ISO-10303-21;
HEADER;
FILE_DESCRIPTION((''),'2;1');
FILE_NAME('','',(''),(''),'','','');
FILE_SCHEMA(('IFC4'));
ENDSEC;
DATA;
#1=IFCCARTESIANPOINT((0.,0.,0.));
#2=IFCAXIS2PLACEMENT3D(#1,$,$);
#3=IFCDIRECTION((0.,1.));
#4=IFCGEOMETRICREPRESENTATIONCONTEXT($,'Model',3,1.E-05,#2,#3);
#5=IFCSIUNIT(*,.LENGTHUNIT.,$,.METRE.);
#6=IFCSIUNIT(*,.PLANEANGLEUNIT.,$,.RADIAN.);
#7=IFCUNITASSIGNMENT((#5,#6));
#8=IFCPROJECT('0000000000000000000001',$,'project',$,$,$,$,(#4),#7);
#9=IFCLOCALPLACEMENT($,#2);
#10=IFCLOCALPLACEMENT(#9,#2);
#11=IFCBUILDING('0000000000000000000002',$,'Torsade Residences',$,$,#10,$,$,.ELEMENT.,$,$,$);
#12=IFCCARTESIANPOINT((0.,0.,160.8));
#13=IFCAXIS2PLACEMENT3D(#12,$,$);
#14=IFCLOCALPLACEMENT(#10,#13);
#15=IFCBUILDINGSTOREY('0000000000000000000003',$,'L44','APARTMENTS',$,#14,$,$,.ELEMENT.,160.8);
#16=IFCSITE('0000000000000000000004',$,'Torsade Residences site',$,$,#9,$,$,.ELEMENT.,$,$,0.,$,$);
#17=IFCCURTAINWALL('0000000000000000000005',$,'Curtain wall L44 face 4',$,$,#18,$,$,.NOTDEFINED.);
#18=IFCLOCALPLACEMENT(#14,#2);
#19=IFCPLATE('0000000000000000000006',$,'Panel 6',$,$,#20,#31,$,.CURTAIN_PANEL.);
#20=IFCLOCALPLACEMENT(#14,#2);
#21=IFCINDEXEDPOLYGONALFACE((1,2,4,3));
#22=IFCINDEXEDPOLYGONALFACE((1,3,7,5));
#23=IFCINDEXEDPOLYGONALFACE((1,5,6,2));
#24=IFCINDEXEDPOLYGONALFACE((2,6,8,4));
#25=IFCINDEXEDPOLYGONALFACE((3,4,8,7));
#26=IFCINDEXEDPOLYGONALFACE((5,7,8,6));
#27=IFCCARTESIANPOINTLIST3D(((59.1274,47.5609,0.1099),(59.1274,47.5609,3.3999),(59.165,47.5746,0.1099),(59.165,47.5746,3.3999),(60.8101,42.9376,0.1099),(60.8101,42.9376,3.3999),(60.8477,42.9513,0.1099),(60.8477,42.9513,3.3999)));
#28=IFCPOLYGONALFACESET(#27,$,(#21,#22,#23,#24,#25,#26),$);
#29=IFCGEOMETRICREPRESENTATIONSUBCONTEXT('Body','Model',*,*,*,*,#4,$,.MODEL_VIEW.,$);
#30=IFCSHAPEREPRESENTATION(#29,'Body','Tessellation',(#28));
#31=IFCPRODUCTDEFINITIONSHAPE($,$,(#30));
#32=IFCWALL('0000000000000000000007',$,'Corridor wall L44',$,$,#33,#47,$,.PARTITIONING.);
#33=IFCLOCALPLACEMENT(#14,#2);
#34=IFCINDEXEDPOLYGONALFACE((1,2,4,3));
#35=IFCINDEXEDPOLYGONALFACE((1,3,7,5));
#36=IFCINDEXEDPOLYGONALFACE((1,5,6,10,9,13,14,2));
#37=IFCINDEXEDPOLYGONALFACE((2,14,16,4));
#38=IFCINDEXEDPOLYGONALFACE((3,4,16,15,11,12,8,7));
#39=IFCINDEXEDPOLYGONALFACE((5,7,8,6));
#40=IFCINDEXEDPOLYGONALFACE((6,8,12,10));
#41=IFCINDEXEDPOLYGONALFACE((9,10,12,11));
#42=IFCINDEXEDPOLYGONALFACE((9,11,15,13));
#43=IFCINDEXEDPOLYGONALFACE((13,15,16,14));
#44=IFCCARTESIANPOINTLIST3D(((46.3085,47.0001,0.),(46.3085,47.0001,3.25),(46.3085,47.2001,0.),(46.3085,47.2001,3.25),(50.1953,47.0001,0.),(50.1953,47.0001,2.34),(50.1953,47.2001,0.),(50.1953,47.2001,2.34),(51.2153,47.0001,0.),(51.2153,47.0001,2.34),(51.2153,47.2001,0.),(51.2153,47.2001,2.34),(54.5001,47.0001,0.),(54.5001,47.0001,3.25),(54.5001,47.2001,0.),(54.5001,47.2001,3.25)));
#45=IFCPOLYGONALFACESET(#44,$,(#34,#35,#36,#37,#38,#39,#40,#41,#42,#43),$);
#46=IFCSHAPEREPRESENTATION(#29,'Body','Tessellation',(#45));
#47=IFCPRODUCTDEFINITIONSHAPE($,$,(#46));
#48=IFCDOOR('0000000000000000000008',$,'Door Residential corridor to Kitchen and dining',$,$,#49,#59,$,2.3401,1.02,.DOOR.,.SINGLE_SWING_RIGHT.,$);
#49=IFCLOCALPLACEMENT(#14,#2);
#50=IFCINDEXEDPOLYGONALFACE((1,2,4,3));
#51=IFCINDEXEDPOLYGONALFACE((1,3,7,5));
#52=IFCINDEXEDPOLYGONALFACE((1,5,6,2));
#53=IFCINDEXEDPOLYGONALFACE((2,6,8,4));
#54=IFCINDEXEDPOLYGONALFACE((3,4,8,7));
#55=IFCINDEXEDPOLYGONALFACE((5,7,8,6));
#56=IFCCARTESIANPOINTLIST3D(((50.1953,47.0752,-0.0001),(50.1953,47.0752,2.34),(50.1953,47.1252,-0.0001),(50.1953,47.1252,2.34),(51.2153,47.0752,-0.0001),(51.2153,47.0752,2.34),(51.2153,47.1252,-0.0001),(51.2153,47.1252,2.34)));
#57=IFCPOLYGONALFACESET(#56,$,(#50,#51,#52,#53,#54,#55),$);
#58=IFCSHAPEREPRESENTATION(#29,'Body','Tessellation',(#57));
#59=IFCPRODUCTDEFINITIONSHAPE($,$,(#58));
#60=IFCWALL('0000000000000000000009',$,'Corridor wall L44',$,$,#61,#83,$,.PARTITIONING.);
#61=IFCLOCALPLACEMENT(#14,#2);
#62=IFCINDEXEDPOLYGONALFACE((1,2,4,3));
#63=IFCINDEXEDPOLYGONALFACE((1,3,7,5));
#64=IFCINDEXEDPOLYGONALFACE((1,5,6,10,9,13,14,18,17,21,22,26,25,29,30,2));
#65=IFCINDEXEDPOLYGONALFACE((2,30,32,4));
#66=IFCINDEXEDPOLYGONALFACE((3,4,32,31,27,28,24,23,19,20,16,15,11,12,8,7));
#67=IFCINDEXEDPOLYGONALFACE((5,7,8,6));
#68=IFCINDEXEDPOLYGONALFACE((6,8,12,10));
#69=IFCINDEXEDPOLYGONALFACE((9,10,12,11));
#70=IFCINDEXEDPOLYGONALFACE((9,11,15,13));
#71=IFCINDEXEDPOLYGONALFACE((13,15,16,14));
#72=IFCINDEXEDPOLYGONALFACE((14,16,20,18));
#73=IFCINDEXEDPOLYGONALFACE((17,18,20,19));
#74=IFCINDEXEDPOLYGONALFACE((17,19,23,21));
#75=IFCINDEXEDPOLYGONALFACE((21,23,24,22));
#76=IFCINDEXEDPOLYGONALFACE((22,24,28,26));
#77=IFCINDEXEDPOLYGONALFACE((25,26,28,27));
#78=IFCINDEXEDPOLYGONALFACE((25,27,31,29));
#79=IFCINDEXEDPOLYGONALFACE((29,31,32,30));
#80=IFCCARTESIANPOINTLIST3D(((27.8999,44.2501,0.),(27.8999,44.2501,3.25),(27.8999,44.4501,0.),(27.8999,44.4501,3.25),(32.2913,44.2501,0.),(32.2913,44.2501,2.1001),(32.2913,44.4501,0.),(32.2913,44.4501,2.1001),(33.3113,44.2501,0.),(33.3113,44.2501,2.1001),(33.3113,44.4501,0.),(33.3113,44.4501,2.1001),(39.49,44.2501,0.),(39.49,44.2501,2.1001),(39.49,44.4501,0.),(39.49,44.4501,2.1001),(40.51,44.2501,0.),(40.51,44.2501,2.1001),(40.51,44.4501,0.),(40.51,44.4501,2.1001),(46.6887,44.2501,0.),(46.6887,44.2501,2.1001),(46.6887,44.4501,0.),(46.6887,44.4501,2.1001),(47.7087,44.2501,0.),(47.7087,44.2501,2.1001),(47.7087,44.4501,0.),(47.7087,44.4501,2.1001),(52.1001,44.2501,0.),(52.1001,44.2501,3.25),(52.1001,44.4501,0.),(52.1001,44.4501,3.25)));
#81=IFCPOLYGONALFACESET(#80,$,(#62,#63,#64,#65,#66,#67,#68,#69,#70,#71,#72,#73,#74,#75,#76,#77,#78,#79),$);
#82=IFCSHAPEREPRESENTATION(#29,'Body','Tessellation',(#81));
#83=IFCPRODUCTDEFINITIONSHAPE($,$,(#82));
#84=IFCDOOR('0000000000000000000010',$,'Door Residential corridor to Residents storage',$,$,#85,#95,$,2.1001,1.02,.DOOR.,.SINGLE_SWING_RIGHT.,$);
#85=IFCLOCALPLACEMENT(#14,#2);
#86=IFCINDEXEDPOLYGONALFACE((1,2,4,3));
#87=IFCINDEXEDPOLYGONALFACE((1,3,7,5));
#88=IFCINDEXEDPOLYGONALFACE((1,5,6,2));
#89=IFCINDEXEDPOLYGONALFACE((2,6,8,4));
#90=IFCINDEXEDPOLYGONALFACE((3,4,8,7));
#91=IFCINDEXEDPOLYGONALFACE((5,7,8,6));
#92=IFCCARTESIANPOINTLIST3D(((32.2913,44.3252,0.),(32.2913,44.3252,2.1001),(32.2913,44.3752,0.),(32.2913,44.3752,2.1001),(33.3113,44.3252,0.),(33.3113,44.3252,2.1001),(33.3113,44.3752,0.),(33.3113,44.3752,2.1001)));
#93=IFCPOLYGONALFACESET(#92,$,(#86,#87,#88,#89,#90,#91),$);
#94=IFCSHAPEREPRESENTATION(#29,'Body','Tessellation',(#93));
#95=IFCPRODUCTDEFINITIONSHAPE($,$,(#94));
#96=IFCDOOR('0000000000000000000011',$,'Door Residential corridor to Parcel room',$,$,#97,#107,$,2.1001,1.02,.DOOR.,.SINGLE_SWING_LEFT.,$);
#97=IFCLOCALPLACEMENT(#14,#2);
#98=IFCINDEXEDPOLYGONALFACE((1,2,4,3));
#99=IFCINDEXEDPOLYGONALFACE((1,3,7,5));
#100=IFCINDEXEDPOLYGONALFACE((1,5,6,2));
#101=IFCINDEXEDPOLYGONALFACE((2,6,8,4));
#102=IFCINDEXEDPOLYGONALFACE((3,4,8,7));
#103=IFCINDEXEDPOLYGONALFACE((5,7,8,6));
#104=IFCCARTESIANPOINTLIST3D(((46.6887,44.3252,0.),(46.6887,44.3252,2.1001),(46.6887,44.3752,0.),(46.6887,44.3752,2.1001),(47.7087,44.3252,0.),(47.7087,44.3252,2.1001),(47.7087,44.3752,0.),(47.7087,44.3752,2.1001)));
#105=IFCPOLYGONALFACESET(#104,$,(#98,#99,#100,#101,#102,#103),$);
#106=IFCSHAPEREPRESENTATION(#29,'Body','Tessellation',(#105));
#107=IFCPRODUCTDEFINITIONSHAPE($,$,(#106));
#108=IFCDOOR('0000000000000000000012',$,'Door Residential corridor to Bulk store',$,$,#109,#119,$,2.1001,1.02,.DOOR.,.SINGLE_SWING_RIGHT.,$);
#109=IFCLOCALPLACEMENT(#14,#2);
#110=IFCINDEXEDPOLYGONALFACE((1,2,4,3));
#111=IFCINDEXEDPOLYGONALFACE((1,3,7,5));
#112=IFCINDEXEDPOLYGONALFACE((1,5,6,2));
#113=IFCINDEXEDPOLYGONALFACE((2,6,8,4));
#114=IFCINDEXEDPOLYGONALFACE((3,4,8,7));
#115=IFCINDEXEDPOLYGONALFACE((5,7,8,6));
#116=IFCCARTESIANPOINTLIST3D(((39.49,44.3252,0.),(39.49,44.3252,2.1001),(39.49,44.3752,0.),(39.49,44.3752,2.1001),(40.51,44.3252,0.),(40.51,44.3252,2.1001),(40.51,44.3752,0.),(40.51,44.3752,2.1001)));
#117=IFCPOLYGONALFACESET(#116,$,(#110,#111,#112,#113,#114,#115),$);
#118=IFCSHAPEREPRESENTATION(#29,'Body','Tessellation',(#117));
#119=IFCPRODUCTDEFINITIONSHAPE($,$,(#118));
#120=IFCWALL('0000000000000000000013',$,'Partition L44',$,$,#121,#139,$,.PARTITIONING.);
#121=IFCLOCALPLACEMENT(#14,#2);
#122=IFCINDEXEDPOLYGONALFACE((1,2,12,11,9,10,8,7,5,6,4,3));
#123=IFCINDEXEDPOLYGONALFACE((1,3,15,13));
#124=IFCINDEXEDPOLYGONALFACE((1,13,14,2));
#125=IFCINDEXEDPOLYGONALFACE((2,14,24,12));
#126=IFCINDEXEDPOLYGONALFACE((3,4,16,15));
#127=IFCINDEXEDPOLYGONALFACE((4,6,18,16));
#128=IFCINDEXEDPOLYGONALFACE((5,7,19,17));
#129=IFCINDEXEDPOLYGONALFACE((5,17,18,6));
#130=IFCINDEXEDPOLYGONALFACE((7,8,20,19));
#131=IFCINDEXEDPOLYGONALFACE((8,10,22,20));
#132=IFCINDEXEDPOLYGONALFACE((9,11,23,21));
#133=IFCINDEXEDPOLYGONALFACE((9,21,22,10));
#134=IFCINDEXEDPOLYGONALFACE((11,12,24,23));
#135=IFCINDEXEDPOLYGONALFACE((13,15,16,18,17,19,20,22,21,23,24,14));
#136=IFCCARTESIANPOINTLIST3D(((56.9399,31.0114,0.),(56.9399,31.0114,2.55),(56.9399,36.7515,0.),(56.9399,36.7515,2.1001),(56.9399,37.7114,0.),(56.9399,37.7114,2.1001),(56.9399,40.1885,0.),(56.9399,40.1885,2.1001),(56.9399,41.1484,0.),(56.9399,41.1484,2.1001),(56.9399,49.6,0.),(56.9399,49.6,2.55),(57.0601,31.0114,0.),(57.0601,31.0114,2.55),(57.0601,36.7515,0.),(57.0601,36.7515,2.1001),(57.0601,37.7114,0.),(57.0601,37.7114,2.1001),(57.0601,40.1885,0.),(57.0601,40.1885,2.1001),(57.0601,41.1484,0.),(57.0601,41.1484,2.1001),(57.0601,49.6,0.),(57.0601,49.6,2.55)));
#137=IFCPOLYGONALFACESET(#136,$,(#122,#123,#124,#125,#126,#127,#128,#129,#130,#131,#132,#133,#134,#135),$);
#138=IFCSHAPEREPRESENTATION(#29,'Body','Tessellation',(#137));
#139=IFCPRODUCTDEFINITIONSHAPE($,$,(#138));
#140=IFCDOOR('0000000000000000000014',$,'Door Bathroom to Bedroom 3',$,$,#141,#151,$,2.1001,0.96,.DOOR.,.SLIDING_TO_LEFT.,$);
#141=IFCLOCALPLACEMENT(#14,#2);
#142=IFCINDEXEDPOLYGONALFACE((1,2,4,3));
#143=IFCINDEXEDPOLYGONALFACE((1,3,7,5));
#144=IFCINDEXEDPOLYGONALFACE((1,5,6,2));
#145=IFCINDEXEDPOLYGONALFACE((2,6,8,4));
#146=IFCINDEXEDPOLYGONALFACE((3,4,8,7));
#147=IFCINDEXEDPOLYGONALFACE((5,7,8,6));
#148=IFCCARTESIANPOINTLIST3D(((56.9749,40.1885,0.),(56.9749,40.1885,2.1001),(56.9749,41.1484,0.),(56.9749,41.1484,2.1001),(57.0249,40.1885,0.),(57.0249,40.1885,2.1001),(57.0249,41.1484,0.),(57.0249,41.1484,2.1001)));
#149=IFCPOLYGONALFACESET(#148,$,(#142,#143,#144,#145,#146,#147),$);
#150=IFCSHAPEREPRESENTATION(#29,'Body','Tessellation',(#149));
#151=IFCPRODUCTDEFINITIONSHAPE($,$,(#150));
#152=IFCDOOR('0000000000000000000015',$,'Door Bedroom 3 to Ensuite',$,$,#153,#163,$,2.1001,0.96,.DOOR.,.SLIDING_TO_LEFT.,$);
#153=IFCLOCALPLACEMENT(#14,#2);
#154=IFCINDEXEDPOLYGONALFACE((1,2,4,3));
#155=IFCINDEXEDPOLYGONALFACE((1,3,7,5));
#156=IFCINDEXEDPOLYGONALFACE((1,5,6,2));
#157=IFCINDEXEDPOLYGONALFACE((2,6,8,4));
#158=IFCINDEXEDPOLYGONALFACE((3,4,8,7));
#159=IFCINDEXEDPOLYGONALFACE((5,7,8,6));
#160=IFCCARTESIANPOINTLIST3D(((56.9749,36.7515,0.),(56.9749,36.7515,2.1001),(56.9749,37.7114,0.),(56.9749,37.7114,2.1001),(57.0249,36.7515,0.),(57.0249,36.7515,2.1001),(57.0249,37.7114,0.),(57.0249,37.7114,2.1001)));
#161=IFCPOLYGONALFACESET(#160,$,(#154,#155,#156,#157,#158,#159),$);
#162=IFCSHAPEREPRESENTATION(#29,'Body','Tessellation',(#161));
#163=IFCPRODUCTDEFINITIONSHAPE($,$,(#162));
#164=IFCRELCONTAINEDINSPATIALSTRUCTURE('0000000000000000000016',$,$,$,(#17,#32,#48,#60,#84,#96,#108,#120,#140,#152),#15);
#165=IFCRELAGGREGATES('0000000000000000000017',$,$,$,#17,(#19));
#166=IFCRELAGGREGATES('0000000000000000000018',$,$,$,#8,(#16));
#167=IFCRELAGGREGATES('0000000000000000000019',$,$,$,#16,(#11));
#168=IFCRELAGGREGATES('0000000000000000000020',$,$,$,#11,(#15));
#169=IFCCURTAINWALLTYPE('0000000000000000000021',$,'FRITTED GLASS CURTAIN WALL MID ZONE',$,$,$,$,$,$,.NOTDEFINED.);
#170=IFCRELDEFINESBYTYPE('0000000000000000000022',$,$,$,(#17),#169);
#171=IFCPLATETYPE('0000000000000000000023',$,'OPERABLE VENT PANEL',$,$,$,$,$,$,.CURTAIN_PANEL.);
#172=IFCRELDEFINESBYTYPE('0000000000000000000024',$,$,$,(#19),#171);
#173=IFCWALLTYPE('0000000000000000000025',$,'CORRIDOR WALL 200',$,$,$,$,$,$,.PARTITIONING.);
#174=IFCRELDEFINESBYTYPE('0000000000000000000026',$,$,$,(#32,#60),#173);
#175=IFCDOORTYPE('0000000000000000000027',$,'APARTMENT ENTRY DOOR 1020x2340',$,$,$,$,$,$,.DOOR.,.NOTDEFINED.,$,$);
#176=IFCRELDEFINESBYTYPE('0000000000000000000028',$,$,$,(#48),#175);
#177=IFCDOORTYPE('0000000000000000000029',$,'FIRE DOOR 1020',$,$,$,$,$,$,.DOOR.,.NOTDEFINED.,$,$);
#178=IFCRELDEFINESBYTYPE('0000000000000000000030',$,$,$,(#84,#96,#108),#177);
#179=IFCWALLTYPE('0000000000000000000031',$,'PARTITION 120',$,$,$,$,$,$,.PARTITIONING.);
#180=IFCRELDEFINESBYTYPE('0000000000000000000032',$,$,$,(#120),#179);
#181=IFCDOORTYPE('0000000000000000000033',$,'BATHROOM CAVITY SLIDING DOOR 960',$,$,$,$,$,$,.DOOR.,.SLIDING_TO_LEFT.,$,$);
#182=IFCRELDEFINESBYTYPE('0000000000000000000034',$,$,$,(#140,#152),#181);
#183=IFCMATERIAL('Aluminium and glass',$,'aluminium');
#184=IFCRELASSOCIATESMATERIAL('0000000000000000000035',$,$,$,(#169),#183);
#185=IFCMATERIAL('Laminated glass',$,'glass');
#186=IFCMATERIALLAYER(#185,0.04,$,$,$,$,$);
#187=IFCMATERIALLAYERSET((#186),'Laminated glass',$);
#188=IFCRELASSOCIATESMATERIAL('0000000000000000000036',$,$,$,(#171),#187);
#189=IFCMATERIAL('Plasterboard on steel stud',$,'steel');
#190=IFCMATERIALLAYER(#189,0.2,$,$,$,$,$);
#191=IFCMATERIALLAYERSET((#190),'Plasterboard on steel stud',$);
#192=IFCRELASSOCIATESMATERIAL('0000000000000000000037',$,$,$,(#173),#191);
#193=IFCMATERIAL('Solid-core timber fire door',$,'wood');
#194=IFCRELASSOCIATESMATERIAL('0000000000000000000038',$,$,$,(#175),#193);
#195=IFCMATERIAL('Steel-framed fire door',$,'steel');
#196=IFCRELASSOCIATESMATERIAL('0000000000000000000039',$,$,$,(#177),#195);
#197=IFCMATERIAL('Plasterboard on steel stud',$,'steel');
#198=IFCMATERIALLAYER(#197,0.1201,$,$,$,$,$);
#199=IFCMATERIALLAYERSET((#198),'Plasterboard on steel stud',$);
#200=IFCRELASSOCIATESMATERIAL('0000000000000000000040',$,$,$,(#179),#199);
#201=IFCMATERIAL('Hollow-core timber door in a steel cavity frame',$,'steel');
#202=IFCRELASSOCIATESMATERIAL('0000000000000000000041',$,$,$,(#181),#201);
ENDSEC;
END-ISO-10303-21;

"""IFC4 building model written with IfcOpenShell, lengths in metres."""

from ifc_helpers import new_model, si_unit, direction, frame, frame_2d, origin, origin_2d, place, context, subcontext, project, spatial, rectangle, extrude, material, layer, layer_set, type_object, element, fill, aggregate, save


model = new_model("IFC4")

# Units and contexts
model_context = context("Model", 3, precision=1e-05, world=origin(), true_north=direction((0.0, 1.0)))
body_context = subcontext(model_context, "Body", "Model", "MODEL_VIEW")
ifc_project = project(units=[si_unit("LENGTHUNIT", "METRE"), si_unit("PLANEANGLEUNIT", "RADIAN")], contexts=[model_context])

# Site, building, storey
site_placement = place(None, origin())
site = spatial("IfcSite", under=ifc_project, at=site_placement, Name="Torsade Residences site", CompositionType="ELEMENT", RefElevation=0.0)
building_placement = place(site_placement, origin())
building = spatial("IfcBuilding", under=site, at=building_placement, Name="Torsade Residences", CompositionType="ELEMENT")
storey_placement = place(building_placement, frame((0.0, 0.0, 160.8)))
storey = spatial("IfcBuildingStorey", under=building, at=storey_placement, Name="L44", Description="APARTMENTS", CompositionType="ELEMENT", Elevation=160.8)

# Curtain wall
ifc_material_1 = material(Name="Aluminium and glass", Category="aluminium")
curtain_wall_type = type_object("IfcCurtainWallType", Name="FRITTED GLASS CURTAIN WALL MID ZONE", PredefinedType="NOTDEFINED", material=ifc_material_1)
curtain_wall_placement = place(storey_placement, origin())
curtain_wall = element("IfcCurtainWall", 1, at=curtain_wall_placement, inside=storey, type_object=curtain_wall_type, Name="Curtain wall L44 face 4", PredefinedType="NOTDEFINED")

# Plate
ifc_material_2 = material(Name="Laminated glass", Category="glass")
ifc_layer_1 = layer(ifc_material_2, 0.04)
ifc_layer_set_1 = layer_set([ifc_layer_1], Name="Laminated glass")
plate_type_1 = type_object("IfcPlateType", Name="OPERABLE VENT PANEL", PredefinedType="CURTAIN_PANEL", material=ifc_layer_set_1)
plate_1_placement = place(storey_placement, frame((59.9875, 45.2561, 0.1099), z_axis=(0.0, 0.0, 1.0), x_axis=(-0.34202, 0.939693, 0.0)))
plate_1 = element("IfcPlate", 2, at=plate_1_placement, type_object=plate_type_1, Name="Panel 6", PredefinedType="CURTAIN_PANEL", context=body_context, shape_type="SweptSolid", body=[
    extrude(rectangle(XDim=4.9199, YDim=0.04, at=origin_2d()), origin(), (0.0, 0.0, 1.0), 3.29),
])
aggregate(curtain_wall, [plate_1])

# Wall, opening, door
ifc_material_3 = material(Name="Plasterboard on steel stud", Category="steel")
ifc_layer_2 = layer(ifc_material_3, 0.2)
ifc_layer_set_2 = layer_set([ifc_layer_2], Name="Plasterboard on steel stud")
wall_type_1 = type_object("IfcWallType", Name="CORRIDOR WALL 200", PredefinedType="PARTITIONING", material=ifc_layer_set_2)
wall_1_placement = place(storey_placement, frame((54.5, 47.1001, 0.0), z_axis=(0.0, 0.0, 1.0), x_axis=(-1.0, 0.0, 0.0)))
wall_1 = element("IfcWall", 3, at=wall_1_placement, inside=storey, type_object=wall_type_1, Name="Corridor wall L44", PredefinedType="PARTITIONING", context=body_context, shape_type="SweptSolid", body=[
    extrude(rectangle(XDim=8.1917, YDim=0.2, at=frame_2d((4.0957, 0.0))), origin(), (0.0, 0.0, 1.0), 3.25),
])
opening_1_placement = place(wall_1_placement, frame((3.2847, 0.0, 0.0)))
opening_1 = element("IfcOpeningElement", 4, at=opening_1_placement, cuts=wall_1, PredefinedType="OPENING", context=body_context, shape_type="SweptSolid", body=[
    extrude(rectangle(XDim=1.02, YDim=2.3401, at=frame_2d((0.51, 1.1699))), frame((0.0, 0.1099, 0.0), z_axis=(0.0, -1.0, 0.0), x_axis=(1.0, 0.0, 0.0)), (0.0, 0.0, 1.0), 0.22),
])
ifc_material_4 = material(Name="Solid-core timber fire door", Category="wood")
door_type_1 = type_object("IfcDoorType", Name="APARTMENT ENTRY DOOR 1020x2340", OperationType="NOTDEFINED", PredefinedType="DOOR", material=ifc_material_4)
door_1_placement = place(opening_1_placement, origin())
door_1 = element("IfcDoor", 5, at=door_1_placement, inside=storey, type_object=door_type_1, Name="Door Residential corridor to Kitchen and dining", OperationType="SINGLE_SWING_RIGHT", OverallHeight=2.3401, OverallWidth=1.02, PredefinedType="DOOR", context=body_context, shape_type="SweptSolid", body=[
    extrude(rectangle(XDim=1.02, YDim=2.3401, at=frame_2d((0.51, 1.1699))), frame((0.0, 0.0249, 0.0), z_axis=(0.0, -1.0, 0.0), x_axis=(1.0, 0.0, 0.0)), (0.0, 0.0, 1.0), 0.05),
])
fill(opening_1, door_1)

# Walls, openings, doors
wall_2_placement = place(storey_placement, frame((52.1001, 44.3501, 0.0), z_axis=(0.0, 0.0, 1.0), x_axis=(-1.0, 0.0, 0.0)))
wall_2 = element("IfcWall", 6, at=wall_2_placement, inside=storey, type_object=wall_type_1, Name="Corridor wall L44", PredefinedType="PARTITIONING", context=body_context, shape_type="SweptSolid", body=[
    extrude(rectangle(XDim=24.2002, YDim=0.2, at=frame_2d((12.1001, 0.0))), origin(), (0.0, 0.0, 1.0), 3.25),
])
opening_2_placement = place(wall_2_placement, frame((18.7888, 0.0, 0.0)))
opening_2 = element("IfcOpeningElement", 7, at=opening_2_placement, cuts=wall_2, PredefinedType="OPENING", context=body_context, shape_type="SweptSolid", body=[
    extrude(rectangle(XDim=1.02, YDim=2.1001, at=frame_2d((0.51, 1.05))), frame((0.0, 0.1099, 0.0), z_axis=(0.0, -1.0, 0.0), x_axis=(1.0, 0.0, 0.0)), (0.0, 0.0, 1.0), 0.22),
])
opening_3_placement = place(wall_2_placement, frame((4.3914, 0.0, 0.0)))
opening_3 = element("IfcOpeningElement", 8, at=opening_3_placement, cuts=wall_2, PredefinedType="OPENING", context=body_context, shape_type="SweptSolid", body=[
    extrude(rectangle(XDim=1.02, YDim=2.1001, at=frame_2d((0.51, 1.05))), frame((0.0, 0.1099, 0.0), z_axis=(0.0, -1.0, 0.0), x_axis=(1.0, 0.0, 0.0)), (0.0, 0.0, 1.0), 0.22),
])
opening_4_placement = place(wall_2_placement, frame((11.5901, 0.0, 0.0)))
opening_4 = element("IfcOpeningElement", 9, at=opening_4_placement, cuts=wall_2, PredefinedType="OPENING", context=body_context, shape_type="SweptSolid", body=[
    extrude(rectangle(XDim=1.02, YDim=2.1001, at=frame_2d((0.51, 1.05))), frame((0.0, 0.1099, 0.0), z_axis=(0.0, -1.0, 0.0), x_axis=(1.0, 0.0, 0.0)), (0.0, 0.0, 1.0), 0.22),
])
ifc_material_5 = material(Name="Steel-framed fire door", Category="steel")
door_type_2 = type_object("IfcDoorType", Name="FIRE DOOR 1020", OperationType="NOTDEFINED", PredefinedType="DOOR", material=ifc_material_5)
door_2_placement = place(opening_2_placement, origin())
door_2 = element("IfcDoor", 10, at=door_2_placement, inside=storey, type_object=door_type_2, Name="Door Residential corridor to Residents storage", OperationType="SINGLE_SWING_RIGHT", OverallHeight=2.1001, OverallWidth=1.02, PredefinedType="DOOR", context=body_context, shape_type="SweptSolid", body=[
    extrude(rectangle(XDim=1.02, YDim=2.1001, at=frame_2d((0.51, 1.05))), frame((0.0, 0.0249, 0.0), z_axis=(0.0, -1.0, 0.0), x_axis=(1.0, 0.0, 0.0)), (0.0, 0.0, 1.0), 0.05),
])
fill(opening_2, door_2)
door_3_placement = place(opening_3_placement, origin())
door_3 = element("IfcDoor", 11, at=door_3_placement, inside=storey, type_object=door_type_2, Name="Door Residential corridor to Parcel room", OperationType="SINGLE_SWING_LEFT", OverallHeight=2.1001, OverallWidth=1.02, PredefinedType="DOOR", context=body_context, shape_type="SweptSolid", body=[
    extrude(rectangle(XDim=1.02, YDim=2.1001, at=frame_2d((0.51, 1.05))), frame((0.0, 0.0249, 0.0), z_axis=(0.0, -1.0, 0.0), x_axis=(1.0, 0.0, 0.0)), (0.0, 0.0, 1.0), 0.05),
])
fill(opening_3, door_3)
door_4_placement = place(opening_4_placement, origin())
door_4 = element("IfcDoor", 12, at=door_4_placement, inside=storey, type_object=door_type_2, Name="Door Residential corridor to Bulk store", OperationType="SINGLE_SWING_RIGHT", OverallHeight=2.1001, OverallWidth=1.02, PredefinedType="DOOR", context=body_context, shape_type="SweptSolid", body=[
    extrude(rectangle(XDim=1.02, YDim=2.1001, at=frame_2d((0.51, 1.05))), frame((0.0, 0.0249, 0.0), z_axis=(0.0, -1.0, 0.0), x_axis=(1.0, 0.0, 0.0)), (0.0, 0.0, 1.0), 0.05),
])
fill(opening_4, door_4)
ifc_material_6 = material(Name="Plasterboard on steel stud", Category="steel")
ifc_layer_3 = layer(ifc_material_6, 0.1201)
ifc_layer_set_3 = layer_set([ifc_layer_3], Name="Plasterboard on steel stud")
wall_type_2 = type_object("IfcWallType", Name="PARTITION 120", PredefinedType="PARTITIONING", material=ifc_layer_set_3)
wall_3_placement = place(storey_placement, frame((57.0, 49.6001, 0.0), z_axis=(0.0, 0.0, 1.0), x_axis=(0.0, -1.0, 0.0)))
wall_3 = element("IfcWall", 13, at=wall_3_placement, inside=storey, type_object=wall_type_2, Name="Partition L44", PredefinedType="PARTITIONING", context=body_context, shape_type="SweptSolid", body=[
    extrude(rectangle(XDim=18.5886, YDim=0.1201, at=frame_2d((9.2944, 0.0))), origin(), (0.0, 0.0, 1.0), 2.55),
])
opening_5_placement = place(wall_3_placement, frame((8.4517, 0.0, 0.0)))
opening_5 = element("IfcOpeningElement", 14, at=opening_5_placement, cuts=wall_3, PredefinedType="OPENING", context=body_context, shape_type="SweptSolid", body=[
    extrude(rectangle(XDim=0.96, YDim=2.1001, at=frame_2d((0.48, 1.05))), frame((0.0, 0.0701, 0.0), z_axis=(0.0, -1.0, 0.0), x_axis=(1.0, 0.0, 0.0)), (0.0, 0.0, 1.0), 0.1401),
])
opening_6_placement = place(wall_3_placement, frame((11.8887, 0.0, 0.0)))
opening_6 = element("IfcOpeningElement", 15, at=opening_6_placement, cuts=wall_3, PredefinedType="OPENING", context=body_context, shape_type="SweptSolid", body=[
    extrude(rectangle(XDim=0.96, YDim=2.1001, at=frame_2d((0.48, 1.05))), frame((0.0, 0.0701, 0.0), z_axis=(0.0, -1.0, 0.0), x_axis=(1.0, 0.0, 0.0)), (0.0, 0.0, 1.0), 0.1401),
])
ifc_material_7 = material(Name="Hollow-core timber door in a steel cavity frame", Category="steel")
door_type_3 = type_object("IfcDoorType", Name="BATHROOM CAVITY SLIDING DOOR 960", OperationType="SLIDING_TO_LEFT", PredefinedType="DOOR", material=ifc_material_7)
door_5_placement = place(opening_5_placement, origin())
door_5 = element("IfcDoor", 16, at=door_5_placement, inside=storey, type_object=door_type_3, Name="Door Bathroom to Bedroom 3", OperationType="SLIDING_TO_LEFT", OverallHeight=2.1001, OverallWidth=0.96, PredefinedType="DOOR", context=body_context, shape_type="SweptSolid", body=[
    extrude(rectangle(XDim=0.96, YDim=2.1001, at=frame_2d((0.48, 1.05))), frame((0.0, 0.0249, 0.0), z_axis=(0.0, -1.0, 0.0), x_axis=(1.0, 0.0, 0.0)), (0.0, 0.0, 1.0), 0.05),
])
fill(opening_5, door_5)
door_6_placement = place(opening_6_placement, origin())
door_6 = element("IfcDoor", 17, at=door_6_placement, inside=storey, type_object=door_type_3, Name="Door Bedroom 3 to Ensuite", OperationType="SLIDING_TO_LEFT", OverallHeight=2.1001, OverallWidth=0.96, PredefinedType="DOOR", context=body_context, shape_type="SweptSolid", body=[
    extrude(rectangle(XDim=0.96, YDim=2.1001, at=frame_2d((0.48, 1.05))), frame((0.0, 0.0249, 0.0), z_axis=(0.0, -1.0, 0.0), x_axis=(1.0, 0.0, 0.0)), (0.0, 0.0, 1.0), 0.05),
])
fill(opening_6, door_6)

save(model, "model.ifc")
